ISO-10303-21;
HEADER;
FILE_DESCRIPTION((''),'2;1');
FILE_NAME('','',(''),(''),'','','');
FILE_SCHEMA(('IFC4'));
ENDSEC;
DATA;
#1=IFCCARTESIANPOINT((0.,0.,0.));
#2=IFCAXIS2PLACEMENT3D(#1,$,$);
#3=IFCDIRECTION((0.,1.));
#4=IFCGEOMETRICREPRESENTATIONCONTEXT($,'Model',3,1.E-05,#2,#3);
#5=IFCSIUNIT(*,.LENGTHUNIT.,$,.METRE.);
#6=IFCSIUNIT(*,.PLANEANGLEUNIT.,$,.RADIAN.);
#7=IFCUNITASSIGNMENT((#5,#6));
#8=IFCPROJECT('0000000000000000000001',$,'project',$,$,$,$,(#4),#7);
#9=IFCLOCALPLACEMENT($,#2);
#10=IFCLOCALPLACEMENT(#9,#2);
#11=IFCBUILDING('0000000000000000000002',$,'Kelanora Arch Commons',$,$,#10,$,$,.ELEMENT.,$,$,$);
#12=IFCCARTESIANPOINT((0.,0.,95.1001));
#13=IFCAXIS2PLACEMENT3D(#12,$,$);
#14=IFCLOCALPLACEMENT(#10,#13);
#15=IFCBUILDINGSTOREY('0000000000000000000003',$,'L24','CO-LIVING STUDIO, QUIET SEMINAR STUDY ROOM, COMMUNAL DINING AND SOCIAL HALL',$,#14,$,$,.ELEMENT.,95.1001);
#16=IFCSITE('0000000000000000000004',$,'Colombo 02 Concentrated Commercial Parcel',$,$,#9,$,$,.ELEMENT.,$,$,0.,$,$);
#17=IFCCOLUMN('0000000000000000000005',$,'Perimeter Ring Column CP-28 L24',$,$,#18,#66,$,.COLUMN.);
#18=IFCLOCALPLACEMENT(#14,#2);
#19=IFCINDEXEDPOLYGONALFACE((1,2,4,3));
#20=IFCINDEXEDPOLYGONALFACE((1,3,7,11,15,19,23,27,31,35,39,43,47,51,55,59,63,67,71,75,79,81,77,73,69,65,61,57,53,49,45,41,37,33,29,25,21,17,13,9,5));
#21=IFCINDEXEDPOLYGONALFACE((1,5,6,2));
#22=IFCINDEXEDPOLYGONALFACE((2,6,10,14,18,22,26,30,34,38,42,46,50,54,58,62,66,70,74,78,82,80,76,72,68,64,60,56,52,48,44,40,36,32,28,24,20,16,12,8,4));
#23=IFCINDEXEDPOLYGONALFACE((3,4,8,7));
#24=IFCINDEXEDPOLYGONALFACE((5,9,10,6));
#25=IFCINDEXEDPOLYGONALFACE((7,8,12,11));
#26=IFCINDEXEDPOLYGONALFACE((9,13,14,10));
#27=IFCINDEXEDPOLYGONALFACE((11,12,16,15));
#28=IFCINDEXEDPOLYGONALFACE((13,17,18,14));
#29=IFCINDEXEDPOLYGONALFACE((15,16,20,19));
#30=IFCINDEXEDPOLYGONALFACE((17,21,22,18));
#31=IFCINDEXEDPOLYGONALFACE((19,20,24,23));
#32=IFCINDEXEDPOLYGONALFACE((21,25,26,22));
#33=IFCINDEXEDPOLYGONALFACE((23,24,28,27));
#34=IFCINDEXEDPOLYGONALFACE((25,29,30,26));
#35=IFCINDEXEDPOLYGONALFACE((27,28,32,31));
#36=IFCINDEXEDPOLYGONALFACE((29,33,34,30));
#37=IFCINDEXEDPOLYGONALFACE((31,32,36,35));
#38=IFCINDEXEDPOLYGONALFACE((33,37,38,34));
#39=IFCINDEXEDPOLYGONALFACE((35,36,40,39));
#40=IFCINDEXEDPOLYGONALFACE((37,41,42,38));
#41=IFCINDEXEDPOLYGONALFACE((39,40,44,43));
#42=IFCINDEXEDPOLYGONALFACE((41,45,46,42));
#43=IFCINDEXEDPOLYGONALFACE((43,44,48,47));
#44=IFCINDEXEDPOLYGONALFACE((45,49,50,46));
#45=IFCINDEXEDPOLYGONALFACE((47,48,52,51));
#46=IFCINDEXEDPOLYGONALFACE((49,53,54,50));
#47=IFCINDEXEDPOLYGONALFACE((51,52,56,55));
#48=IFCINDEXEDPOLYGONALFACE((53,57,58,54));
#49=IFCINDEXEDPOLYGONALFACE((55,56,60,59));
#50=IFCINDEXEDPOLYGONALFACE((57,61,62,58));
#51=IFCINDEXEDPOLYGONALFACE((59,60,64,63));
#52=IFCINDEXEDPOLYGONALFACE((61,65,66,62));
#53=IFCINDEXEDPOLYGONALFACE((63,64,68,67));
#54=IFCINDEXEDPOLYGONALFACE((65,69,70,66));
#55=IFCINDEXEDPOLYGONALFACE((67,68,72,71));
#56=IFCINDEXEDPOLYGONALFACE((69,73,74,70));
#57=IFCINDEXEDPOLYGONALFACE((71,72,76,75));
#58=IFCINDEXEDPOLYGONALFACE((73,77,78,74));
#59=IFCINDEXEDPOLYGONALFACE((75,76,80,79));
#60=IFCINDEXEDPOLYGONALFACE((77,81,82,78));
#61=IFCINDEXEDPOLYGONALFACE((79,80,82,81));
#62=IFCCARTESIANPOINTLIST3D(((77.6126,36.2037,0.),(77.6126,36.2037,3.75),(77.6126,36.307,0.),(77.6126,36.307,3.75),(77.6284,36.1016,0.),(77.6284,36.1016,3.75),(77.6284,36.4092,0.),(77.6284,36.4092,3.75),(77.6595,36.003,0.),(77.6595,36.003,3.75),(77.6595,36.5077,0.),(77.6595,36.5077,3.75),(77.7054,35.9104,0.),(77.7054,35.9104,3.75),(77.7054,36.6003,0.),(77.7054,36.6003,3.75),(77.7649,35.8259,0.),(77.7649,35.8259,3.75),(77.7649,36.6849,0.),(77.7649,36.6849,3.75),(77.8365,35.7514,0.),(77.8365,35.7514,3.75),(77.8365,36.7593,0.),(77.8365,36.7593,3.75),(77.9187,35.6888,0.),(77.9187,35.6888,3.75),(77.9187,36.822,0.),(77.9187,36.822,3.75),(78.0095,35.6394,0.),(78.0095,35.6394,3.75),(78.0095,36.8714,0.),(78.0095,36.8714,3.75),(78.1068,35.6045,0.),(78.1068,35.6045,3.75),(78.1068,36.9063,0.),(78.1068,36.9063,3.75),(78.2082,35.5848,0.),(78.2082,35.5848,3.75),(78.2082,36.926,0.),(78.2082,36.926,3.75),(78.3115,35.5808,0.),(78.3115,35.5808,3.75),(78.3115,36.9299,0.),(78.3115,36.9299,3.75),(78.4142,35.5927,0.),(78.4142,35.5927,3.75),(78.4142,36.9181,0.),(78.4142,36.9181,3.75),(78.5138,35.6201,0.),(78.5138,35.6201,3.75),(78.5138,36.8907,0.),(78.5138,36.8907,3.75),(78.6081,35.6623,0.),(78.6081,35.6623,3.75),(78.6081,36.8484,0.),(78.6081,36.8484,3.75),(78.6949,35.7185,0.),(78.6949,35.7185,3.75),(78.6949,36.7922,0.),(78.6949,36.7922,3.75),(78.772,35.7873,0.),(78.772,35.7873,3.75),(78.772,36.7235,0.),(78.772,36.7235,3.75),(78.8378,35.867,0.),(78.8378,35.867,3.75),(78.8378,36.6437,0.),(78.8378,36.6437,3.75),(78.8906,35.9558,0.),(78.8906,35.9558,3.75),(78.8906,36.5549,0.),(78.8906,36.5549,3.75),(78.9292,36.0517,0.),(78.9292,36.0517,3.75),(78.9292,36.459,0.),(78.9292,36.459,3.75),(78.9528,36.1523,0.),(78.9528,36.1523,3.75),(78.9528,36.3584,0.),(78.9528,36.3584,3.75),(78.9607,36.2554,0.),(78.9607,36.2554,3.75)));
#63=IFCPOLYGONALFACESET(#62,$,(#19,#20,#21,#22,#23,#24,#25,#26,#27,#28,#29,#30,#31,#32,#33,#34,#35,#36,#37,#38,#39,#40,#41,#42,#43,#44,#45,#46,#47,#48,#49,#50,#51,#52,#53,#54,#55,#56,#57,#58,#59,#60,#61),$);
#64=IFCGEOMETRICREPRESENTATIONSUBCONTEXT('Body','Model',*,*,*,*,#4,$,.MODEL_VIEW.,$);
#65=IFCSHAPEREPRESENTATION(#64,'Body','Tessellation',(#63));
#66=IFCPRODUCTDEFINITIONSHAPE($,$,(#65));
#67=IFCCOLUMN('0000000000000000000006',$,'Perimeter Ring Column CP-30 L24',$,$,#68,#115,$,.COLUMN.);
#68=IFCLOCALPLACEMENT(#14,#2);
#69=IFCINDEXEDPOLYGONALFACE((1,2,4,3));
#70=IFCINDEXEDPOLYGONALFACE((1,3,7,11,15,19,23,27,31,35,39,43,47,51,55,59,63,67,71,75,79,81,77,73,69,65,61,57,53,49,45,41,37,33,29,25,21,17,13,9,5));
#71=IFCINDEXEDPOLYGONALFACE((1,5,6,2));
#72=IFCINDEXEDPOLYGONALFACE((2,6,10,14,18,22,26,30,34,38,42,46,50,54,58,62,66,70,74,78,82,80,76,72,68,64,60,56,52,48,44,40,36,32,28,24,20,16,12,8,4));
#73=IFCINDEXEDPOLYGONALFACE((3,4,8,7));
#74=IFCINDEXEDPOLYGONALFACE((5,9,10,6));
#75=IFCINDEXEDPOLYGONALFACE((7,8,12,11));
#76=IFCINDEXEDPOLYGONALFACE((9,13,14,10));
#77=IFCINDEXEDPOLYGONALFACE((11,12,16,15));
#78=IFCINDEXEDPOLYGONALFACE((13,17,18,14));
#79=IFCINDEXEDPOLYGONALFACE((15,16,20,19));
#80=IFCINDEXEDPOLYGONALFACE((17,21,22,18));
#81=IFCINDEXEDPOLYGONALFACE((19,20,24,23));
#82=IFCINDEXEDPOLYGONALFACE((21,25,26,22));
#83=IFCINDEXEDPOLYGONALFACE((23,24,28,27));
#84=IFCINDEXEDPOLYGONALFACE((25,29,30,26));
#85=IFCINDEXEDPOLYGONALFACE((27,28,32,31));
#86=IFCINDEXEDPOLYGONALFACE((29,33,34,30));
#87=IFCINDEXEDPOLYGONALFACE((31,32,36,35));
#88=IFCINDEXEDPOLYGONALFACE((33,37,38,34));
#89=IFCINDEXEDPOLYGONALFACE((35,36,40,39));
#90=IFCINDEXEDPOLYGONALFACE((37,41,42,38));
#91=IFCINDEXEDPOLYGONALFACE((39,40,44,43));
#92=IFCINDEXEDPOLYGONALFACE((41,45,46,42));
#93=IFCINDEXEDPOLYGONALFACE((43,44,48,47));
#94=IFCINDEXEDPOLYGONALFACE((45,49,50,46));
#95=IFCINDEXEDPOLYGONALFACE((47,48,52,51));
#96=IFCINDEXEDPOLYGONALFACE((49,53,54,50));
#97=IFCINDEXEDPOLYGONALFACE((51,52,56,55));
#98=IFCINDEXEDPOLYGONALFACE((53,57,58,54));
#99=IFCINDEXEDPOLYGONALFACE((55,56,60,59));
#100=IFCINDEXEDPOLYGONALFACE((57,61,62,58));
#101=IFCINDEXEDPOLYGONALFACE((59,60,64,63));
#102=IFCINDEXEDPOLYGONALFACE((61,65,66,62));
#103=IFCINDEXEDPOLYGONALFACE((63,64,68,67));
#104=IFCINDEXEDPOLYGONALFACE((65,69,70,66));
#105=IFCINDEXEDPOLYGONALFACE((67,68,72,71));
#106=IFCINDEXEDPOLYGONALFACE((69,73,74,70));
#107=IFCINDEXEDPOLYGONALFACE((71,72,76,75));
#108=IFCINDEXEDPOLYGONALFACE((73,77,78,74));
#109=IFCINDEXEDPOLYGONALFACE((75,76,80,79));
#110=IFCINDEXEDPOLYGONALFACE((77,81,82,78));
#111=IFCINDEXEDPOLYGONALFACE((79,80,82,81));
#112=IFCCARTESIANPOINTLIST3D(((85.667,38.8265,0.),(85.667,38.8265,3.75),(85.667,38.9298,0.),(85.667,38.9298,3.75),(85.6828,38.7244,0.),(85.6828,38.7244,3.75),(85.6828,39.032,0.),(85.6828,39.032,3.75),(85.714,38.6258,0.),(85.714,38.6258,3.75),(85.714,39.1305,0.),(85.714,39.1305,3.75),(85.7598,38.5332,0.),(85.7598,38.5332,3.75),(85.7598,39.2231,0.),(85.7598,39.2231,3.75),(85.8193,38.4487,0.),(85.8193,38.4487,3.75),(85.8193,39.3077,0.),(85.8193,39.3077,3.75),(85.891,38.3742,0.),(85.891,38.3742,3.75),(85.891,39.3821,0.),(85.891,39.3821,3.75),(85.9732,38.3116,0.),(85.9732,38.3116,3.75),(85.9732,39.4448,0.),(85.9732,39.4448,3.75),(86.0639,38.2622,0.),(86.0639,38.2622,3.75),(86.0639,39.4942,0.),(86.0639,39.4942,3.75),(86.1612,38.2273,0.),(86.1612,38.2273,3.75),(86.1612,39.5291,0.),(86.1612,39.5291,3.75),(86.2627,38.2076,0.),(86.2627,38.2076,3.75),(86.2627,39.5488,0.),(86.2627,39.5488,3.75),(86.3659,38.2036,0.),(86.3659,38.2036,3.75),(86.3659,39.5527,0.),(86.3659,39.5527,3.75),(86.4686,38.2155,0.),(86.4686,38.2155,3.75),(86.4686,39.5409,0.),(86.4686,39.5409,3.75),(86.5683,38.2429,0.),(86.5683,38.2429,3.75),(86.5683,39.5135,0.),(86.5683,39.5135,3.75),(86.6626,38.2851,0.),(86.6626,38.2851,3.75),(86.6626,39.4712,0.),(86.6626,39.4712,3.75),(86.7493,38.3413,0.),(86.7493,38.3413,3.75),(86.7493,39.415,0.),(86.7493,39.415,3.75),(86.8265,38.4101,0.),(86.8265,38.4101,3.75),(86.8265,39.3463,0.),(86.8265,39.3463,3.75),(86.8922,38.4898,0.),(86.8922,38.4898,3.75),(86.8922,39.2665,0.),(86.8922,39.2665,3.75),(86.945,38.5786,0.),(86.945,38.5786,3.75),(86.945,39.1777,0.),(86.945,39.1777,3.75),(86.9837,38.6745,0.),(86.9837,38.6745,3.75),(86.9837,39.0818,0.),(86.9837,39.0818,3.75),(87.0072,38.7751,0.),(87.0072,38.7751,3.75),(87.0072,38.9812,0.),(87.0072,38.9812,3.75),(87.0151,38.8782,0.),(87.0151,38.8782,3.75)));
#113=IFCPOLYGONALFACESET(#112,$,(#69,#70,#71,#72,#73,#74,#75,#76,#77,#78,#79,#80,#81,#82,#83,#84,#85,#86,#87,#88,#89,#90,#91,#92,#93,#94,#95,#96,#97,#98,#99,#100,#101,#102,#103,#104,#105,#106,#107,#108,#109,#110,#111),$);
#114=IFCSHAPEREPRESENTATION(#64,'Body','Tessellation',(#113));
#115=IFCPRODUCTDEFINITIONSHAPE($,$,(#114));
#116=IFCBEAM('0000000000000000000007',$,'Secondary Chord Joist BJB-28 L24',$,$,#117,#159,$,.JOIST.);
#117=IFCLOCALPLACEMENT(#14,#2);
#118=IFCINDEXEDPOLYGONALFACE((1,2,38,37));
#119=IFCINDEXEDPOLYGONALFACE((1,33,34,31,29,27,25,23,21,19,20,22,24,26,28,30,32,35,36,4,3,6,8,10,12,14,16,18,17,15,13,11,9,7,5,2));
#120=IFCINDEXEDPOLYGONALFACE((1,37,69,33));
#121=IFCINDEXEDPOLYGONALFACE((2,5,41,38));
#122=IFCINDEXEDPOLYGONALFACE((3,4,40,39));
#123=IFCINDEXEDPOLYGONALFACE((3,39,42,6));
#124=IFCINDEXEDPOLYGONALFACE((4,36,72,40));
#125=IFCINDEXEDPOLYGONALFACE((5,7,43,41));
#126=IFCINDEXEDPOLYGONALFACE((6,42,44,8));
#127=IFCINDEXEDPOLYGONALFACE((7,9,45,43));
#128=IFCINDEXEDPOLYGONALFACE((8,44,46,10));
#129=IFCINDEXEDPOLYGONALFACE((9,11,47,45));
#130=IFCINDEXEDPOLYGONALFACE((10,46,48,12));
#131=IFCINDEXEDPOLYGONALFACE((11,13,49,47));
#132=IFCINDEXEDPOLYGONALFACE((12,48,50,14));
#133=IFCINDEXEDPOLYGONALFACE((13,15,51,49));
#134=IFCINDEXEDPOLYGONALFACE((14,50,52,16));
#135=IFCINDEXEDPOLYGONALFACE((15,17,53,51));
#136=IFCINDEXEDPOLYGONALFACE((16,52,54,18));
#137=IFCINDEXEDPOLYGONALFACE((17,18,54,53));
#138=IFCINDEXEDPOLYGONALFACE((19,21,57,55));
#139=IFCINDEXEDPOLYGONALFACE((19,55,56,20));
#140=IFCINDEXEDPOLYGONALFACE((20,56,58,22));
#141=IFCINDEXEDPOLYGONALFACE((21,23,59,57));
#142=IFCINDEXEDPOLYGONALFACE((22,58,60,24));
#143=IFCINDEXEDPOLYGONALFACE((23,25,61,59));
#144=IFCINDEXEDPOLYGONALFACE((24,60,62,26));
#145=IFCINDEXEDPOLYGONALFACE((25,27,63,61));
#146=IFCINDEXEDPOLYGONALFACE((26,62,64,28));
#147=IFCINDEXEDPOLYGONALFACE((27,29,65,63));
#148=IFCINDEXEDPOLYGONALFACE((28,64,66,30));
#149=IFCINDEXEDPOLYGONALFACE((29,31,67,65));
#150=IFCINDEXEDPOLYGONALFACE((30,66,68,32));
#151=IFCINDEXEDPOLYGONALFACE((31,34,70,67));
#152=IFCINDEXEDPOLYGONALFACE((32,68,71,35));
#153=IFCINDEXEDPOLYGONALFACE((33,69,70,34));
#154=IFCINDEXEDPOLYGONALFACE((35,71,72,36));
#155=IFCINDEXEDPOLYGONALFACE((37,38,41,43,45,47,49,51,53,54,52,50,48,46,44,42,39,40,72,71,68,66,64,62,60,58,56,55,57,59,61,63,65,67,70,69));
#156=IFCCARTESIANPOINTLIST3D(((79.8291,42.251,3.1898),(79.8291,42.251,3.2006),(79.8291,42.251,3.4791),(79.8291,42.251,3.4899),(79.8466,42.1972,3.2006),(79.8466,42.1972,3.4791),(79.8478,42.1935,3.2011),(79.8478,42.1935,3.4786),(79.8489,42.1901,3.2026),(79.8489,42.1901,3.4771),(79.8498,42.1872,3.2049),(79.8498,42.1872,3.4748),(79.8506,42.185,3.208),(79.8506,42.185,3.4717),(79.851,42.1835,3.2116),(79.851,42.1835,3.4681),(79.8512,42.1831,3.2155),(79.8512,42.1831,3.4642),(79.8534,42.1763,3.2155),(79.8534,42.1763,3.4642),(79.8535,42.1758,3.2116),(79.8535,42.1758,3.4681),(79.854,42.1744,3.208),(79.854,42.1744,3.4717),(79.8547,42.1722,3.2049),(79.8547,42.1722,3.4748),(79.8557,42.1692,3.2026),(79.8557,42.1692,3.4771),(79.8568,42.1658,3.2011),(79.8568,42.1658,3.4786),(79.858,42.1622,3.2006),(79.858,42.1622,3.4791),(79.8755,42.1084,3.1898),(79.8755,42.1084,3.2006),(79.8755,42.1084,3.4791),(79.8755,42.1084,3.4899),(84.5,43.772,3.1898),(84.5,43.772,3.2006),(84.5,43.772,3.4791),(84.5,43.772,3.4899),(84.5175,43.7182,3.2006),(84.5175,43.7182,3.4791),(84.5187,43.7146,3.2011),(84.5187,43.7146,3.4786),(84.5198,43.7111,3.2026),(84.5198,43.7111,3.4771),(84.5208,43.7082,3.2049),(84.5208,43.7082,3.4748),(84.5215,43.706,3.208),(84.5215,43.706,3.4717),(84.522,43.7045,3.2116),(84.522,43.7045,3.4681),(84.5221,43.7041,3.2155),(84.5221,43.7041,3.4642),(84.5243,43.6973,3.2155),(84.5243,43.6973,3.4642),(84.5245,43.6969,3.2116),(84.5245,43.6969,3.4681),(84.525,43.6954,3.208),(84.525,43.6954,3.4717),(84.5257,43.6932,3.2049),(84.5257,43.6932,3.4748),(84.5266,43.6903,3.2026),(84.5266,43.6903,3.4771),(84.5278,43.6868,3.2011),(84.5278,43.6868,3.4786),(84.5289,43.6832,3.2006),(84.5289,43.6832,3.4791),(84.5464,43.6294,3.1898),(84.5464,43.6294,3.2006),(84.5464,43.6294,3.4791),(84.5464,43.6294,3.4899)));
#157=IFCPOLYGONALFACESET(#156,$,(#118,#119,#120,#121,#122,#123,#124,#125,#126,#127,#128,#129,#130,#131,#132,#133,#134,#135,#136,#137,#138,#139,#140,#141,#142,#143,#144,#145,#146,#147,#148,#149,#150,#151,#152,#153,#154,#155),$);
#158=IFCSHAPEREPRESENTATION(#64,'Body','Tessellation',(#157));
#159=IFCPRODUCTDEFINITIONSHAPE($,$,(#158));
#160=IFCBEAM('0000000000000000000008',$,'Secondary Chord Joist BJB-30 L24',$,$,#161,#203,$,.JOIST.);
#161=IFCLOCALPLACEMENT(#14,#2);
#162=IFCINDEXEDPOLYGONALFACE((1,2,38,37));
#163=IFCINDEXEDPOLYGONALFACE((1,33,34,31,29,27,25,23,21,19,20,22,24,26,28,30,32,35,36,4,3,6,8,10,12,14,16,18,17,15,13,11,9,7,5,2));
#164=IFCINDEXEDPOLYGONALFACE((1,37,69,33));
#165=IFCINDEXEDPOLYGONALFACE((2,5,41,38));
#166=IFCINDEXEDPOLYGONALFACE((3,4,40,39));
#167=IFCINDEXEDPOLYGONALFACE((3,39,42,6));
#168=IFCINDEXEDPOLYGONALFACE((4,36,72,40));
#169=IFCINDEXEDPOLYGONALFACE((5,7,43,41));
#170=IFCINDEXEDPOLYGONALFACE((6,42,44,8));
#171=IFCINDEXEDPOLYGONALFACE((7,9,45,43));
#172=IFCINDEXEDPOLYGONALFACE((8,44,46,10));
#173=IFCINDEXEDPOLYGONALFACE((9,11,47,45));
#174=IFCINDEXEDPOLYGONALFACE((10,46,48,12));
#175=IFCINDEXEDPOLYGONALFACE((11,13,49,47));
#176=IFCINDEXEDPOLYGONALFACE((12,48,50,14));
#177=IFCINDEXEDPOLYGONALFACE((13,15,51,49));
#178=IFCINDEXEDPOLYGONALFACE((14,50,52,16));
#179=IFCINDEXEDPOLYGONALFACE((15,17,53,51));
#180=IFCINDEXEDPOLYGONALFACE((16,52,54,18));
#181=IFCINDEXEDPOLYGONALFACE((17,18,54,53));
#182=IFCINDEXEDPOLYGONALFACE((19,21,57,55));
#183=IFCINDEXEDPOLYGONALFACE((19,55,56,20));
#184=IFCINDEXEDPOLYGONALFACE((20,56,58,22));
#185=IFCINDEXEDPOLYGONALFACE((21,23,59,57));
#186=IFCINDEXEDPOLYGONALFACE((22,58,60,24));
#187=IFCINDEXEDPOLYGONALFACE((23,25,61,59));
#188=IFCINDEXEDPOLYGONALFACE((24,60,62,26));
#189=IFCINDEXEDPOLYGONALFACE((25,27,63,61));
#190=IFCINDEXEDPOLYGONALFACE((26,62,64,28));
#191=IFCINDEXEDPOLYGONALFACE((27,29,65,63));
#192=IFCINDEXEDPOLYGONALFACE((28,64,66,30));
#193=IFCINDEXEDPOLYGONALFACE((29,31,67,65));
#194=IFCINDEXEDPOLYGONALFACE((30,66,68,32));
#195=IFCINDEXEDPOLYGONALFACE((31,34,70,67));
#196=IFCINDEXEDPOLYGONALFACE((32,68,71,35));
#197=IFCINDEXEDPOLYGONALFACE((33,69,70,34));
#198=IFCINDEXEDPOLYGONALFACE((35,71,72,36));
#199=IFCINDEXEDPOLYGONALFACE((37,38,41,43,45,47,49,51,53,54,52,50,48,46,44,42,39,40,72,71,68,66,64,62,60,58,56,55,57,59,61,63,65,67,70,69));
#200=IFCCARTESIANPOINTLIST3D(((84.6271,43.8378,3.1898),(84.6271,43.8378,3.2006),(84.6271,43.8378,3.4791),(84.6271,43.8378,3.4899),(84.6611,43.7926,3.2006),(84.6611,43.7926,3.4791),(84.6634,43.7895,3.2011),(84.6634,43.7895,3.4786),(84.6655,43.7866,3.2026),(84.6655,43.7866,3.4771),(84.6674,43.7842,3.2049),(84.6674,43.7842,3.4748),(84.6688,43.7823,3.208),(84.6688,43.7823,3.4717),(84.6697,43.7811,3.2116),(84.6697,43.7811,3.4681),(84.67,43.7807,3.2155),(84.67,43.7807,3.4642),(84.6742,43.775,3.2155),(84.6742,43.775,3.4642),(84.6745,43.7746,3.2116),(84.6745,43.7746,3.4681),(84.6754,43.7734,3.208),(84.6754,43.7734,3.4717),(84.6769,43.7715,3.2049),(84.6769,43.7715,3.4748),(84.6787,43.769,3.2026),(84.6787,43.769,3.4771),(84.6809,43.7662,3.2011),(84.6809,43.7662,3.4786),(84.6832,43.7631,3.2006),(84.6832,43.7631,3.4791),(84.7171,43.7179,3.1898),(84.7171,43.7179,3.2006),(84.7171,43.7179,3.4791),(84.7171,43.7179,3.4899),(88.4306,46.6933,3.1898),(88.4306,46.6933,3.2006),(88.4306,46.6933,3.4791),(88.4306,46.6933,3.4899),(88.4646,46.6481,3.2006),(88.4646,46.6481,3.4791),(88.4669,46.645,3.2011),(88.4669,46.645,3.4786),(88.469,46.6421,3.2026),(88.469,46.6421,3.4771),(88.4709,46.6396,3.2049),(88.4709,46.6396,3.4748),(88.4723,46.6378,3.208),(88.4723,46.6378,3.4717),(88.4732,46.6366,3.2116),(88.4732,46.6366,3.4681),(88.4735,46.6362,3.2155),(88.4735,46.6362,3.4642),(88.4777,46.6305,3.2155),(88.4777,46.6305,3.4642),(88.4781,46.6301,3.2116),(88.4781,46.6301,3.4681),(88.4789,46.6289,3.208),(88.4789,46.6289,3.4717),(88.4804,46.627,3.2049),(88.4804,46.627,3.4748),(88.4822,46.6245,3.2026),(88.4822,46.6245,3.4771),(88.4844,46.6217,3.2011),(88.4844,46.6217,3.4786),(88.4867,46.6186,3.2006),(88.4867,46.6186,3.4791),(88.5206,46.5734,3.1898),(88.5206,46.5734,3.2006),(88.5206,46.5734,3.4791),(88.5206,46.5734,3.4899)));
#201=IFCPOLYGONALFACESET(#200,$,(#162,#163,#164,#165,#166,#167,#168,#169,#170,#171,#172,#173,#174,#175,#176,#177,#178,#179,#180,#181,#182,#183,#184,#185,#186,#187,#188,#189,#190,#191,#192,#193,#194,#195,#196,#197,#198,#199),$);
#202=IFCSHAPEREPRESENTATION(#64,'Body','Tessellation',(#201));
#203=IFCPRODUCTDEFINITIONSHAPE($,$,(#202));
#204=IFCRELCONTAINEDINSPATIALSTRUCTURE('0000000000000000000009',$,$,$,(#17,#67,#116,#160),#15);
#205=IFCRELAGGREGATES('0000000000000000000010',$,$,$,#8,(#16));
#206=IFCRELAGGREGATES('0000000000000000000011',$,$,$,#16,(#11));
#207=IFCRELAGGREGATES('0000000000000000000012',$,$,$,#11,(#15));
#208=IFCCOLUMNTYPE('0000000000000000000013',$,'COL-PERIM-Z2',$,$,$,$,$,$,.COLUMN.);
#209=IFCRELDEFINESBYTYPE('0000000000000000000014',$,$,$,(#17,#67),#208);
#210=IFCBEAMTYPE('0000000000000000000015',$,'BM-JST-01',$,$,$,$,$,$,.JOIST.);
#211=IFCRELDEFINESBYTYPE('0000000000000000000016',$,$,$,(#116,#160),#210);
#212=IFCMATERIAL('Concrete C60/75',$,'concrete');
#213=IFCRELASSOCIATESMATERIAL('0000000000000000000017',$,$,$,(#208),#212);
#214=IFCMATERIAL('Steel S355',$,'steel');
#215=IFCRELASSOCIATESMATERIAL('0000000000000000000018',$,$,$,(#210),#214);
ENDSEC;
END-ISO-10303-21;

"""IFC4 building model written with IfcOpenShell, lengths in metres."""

from ifc_helpers import new_model, si_unit, direction, frame, origin, origin_2d, place, context, subcontext, project, spatial, circle, i_section, extrude, material, material_profile, profile_set, type_object, element, save


model = new_model("IFC4")

# Units and contexts
model_context = context("Model", 3, precision=1e-05, world=origin(), true_north=direction((0.0, 1.0)))
body_context = subcontext(model_context, "Body", "Model", "MODEL_VIEW")
ifc_project = project(units=[si_unit("LENGTHUNIT", "METRE"), si_unit("PLANEANGLEUNIT", "RADIAN")], contexts=[model_context])

# Site, building, storey
site_placement = place(None, origin())
site = spatial("IfcSite", under=ifc_project, at=site_placement, Name="Colombo 02 Concentrated Commercial Parcel", CompositionType="ELEMENT", RefElevation=0.0)
building_placement = place(site_placement, origin())
building = spatial("IfcBuilding", under=site, at=building_placement, Name="Kelanora Arch Commons", CompositionType="ELEMENT")
storey_placement = place(building_placement, frame((0.0, 0.0, 95.1001)))
storey = spatial("IfcBuildingStorey", under=building, at=storey_placement, Name="L24", Description="CO-LIVING STUDIO, QUIET SEMINAR STUDY ROOM, COMMUNAL DINING AND SOCIAL HALL", CompositionType="ELEMENT", Elevation=95.1001)

# Columns
ifc_material_1 = material(Name="Concrete C60/75", Category="concrete")
ifc_material_profile_1 = material_profile(ifc_material_1, circle(Radius=0.675, at=origin_2d()), Name="RCC1350")
ifc_profile_set_1 = profile_set([ifc_material_profile_1], Name="Concrete C60/75")
column_type = type_object("IfcColumnType", Name="COL-PERIM-Z2", PredefinedType="COLUMN", material=ifc_profile_set_1)
for number, where, z_axis, x_axis, name in (
    (1, (78.2856, 36.2554, 0.0), (0.0, 0.0, 1.0), (1.0, 0.0, 0.0), "Perimeter Ring Column CP-28 L24"),
    (2, (86.3401, 38.8782, 0.0), (0.0, 0.0, 1.0), (1.0, 0.0, 0.0), "Perimeter Ring Column CP-30 L24"),
):
    element("IfcColumn", number, at=place(storey_placement, frame(where, z_axis=z_axis, x_axis=x_axis)), inside=storey, type_object=column_type, Name=name, PredefinedType="COLUMN", context=body_context, shape_type="SweptSolid", body=[
        extrude(circle(Radius=0.675, at=origin_2d()), origin(), (0.0, 0.0, 1.0), 3.75),
    ])

# Beams
ifc_material_2 = material(Name="Steel S355", Category="steel")
ifc_material_profile_2 = material_profile(ifc_material_2, i_section(OverallWidth=0.1499, OverallDepth=0.3, WebThickness=0.0071, FlangeThickness=0.0107, FilletRadius=0.0149, at=origin_2d()), Name="IPE300")
ifc_profile_set_2 = profile_set([ifc_material_profile_2], Name="Steel S355")
beam_type_1 = type_object("IfcBeamType", Name="BM-JST-01", PredefinedType="JOIST", material=ifc_profile_set_2)
beam_1_placement = place(storey_placement, frame((79.8523, 42.1797, 3.3398), z_axis=(0.950857, 0.30963, 0.0), x_axis=(-0.30963, 0.950857, 0.0)))
element("IfcBeam", 3, at=beam_1_placement, inside=storey, type_object=beam_type_1, Name="Secondary Chord Joist BJB-28 L24", PredefinedType="JOIST", context=body_context, shape_type="SweptSolid", body=[
    extrude(i_section(OverallWidth=0.1499, OverallDepth=0.3, WebThickness=0.0071, FlangeThickness=0.0107, FilletRadius=0.0149, at=origin_2d()), origin(), (0.0, 0.0, 1.0), 4.9124),
])
beam_2_placement = place(storey_placement, frame((84.6721, 43.7778, 3.3398), z_axis=(0.79971, 0.600386, 0.0), x_axis=(-0.600386, 0.79971, 0.0)))
element("IfcBeam", 4, at=beam_2_placement, inside=storey, type_object=beam_type_1, Name="Secondary Chord Joist BJB-30 L24", PredefinedType="JOIST", context=body_context, shape_type="SweptSolid", body=[
    extrude(i_section(OverallWidth=0.1499, OverallDepth=0.3, WebThickness=0.0071, FlangeThickness=0.0107, FilletRadius=0.0149, at=origin_2d()), origin(), (0.0, 0.0, 1.0), 4.7561),
])

save(model, "model.ifc")
